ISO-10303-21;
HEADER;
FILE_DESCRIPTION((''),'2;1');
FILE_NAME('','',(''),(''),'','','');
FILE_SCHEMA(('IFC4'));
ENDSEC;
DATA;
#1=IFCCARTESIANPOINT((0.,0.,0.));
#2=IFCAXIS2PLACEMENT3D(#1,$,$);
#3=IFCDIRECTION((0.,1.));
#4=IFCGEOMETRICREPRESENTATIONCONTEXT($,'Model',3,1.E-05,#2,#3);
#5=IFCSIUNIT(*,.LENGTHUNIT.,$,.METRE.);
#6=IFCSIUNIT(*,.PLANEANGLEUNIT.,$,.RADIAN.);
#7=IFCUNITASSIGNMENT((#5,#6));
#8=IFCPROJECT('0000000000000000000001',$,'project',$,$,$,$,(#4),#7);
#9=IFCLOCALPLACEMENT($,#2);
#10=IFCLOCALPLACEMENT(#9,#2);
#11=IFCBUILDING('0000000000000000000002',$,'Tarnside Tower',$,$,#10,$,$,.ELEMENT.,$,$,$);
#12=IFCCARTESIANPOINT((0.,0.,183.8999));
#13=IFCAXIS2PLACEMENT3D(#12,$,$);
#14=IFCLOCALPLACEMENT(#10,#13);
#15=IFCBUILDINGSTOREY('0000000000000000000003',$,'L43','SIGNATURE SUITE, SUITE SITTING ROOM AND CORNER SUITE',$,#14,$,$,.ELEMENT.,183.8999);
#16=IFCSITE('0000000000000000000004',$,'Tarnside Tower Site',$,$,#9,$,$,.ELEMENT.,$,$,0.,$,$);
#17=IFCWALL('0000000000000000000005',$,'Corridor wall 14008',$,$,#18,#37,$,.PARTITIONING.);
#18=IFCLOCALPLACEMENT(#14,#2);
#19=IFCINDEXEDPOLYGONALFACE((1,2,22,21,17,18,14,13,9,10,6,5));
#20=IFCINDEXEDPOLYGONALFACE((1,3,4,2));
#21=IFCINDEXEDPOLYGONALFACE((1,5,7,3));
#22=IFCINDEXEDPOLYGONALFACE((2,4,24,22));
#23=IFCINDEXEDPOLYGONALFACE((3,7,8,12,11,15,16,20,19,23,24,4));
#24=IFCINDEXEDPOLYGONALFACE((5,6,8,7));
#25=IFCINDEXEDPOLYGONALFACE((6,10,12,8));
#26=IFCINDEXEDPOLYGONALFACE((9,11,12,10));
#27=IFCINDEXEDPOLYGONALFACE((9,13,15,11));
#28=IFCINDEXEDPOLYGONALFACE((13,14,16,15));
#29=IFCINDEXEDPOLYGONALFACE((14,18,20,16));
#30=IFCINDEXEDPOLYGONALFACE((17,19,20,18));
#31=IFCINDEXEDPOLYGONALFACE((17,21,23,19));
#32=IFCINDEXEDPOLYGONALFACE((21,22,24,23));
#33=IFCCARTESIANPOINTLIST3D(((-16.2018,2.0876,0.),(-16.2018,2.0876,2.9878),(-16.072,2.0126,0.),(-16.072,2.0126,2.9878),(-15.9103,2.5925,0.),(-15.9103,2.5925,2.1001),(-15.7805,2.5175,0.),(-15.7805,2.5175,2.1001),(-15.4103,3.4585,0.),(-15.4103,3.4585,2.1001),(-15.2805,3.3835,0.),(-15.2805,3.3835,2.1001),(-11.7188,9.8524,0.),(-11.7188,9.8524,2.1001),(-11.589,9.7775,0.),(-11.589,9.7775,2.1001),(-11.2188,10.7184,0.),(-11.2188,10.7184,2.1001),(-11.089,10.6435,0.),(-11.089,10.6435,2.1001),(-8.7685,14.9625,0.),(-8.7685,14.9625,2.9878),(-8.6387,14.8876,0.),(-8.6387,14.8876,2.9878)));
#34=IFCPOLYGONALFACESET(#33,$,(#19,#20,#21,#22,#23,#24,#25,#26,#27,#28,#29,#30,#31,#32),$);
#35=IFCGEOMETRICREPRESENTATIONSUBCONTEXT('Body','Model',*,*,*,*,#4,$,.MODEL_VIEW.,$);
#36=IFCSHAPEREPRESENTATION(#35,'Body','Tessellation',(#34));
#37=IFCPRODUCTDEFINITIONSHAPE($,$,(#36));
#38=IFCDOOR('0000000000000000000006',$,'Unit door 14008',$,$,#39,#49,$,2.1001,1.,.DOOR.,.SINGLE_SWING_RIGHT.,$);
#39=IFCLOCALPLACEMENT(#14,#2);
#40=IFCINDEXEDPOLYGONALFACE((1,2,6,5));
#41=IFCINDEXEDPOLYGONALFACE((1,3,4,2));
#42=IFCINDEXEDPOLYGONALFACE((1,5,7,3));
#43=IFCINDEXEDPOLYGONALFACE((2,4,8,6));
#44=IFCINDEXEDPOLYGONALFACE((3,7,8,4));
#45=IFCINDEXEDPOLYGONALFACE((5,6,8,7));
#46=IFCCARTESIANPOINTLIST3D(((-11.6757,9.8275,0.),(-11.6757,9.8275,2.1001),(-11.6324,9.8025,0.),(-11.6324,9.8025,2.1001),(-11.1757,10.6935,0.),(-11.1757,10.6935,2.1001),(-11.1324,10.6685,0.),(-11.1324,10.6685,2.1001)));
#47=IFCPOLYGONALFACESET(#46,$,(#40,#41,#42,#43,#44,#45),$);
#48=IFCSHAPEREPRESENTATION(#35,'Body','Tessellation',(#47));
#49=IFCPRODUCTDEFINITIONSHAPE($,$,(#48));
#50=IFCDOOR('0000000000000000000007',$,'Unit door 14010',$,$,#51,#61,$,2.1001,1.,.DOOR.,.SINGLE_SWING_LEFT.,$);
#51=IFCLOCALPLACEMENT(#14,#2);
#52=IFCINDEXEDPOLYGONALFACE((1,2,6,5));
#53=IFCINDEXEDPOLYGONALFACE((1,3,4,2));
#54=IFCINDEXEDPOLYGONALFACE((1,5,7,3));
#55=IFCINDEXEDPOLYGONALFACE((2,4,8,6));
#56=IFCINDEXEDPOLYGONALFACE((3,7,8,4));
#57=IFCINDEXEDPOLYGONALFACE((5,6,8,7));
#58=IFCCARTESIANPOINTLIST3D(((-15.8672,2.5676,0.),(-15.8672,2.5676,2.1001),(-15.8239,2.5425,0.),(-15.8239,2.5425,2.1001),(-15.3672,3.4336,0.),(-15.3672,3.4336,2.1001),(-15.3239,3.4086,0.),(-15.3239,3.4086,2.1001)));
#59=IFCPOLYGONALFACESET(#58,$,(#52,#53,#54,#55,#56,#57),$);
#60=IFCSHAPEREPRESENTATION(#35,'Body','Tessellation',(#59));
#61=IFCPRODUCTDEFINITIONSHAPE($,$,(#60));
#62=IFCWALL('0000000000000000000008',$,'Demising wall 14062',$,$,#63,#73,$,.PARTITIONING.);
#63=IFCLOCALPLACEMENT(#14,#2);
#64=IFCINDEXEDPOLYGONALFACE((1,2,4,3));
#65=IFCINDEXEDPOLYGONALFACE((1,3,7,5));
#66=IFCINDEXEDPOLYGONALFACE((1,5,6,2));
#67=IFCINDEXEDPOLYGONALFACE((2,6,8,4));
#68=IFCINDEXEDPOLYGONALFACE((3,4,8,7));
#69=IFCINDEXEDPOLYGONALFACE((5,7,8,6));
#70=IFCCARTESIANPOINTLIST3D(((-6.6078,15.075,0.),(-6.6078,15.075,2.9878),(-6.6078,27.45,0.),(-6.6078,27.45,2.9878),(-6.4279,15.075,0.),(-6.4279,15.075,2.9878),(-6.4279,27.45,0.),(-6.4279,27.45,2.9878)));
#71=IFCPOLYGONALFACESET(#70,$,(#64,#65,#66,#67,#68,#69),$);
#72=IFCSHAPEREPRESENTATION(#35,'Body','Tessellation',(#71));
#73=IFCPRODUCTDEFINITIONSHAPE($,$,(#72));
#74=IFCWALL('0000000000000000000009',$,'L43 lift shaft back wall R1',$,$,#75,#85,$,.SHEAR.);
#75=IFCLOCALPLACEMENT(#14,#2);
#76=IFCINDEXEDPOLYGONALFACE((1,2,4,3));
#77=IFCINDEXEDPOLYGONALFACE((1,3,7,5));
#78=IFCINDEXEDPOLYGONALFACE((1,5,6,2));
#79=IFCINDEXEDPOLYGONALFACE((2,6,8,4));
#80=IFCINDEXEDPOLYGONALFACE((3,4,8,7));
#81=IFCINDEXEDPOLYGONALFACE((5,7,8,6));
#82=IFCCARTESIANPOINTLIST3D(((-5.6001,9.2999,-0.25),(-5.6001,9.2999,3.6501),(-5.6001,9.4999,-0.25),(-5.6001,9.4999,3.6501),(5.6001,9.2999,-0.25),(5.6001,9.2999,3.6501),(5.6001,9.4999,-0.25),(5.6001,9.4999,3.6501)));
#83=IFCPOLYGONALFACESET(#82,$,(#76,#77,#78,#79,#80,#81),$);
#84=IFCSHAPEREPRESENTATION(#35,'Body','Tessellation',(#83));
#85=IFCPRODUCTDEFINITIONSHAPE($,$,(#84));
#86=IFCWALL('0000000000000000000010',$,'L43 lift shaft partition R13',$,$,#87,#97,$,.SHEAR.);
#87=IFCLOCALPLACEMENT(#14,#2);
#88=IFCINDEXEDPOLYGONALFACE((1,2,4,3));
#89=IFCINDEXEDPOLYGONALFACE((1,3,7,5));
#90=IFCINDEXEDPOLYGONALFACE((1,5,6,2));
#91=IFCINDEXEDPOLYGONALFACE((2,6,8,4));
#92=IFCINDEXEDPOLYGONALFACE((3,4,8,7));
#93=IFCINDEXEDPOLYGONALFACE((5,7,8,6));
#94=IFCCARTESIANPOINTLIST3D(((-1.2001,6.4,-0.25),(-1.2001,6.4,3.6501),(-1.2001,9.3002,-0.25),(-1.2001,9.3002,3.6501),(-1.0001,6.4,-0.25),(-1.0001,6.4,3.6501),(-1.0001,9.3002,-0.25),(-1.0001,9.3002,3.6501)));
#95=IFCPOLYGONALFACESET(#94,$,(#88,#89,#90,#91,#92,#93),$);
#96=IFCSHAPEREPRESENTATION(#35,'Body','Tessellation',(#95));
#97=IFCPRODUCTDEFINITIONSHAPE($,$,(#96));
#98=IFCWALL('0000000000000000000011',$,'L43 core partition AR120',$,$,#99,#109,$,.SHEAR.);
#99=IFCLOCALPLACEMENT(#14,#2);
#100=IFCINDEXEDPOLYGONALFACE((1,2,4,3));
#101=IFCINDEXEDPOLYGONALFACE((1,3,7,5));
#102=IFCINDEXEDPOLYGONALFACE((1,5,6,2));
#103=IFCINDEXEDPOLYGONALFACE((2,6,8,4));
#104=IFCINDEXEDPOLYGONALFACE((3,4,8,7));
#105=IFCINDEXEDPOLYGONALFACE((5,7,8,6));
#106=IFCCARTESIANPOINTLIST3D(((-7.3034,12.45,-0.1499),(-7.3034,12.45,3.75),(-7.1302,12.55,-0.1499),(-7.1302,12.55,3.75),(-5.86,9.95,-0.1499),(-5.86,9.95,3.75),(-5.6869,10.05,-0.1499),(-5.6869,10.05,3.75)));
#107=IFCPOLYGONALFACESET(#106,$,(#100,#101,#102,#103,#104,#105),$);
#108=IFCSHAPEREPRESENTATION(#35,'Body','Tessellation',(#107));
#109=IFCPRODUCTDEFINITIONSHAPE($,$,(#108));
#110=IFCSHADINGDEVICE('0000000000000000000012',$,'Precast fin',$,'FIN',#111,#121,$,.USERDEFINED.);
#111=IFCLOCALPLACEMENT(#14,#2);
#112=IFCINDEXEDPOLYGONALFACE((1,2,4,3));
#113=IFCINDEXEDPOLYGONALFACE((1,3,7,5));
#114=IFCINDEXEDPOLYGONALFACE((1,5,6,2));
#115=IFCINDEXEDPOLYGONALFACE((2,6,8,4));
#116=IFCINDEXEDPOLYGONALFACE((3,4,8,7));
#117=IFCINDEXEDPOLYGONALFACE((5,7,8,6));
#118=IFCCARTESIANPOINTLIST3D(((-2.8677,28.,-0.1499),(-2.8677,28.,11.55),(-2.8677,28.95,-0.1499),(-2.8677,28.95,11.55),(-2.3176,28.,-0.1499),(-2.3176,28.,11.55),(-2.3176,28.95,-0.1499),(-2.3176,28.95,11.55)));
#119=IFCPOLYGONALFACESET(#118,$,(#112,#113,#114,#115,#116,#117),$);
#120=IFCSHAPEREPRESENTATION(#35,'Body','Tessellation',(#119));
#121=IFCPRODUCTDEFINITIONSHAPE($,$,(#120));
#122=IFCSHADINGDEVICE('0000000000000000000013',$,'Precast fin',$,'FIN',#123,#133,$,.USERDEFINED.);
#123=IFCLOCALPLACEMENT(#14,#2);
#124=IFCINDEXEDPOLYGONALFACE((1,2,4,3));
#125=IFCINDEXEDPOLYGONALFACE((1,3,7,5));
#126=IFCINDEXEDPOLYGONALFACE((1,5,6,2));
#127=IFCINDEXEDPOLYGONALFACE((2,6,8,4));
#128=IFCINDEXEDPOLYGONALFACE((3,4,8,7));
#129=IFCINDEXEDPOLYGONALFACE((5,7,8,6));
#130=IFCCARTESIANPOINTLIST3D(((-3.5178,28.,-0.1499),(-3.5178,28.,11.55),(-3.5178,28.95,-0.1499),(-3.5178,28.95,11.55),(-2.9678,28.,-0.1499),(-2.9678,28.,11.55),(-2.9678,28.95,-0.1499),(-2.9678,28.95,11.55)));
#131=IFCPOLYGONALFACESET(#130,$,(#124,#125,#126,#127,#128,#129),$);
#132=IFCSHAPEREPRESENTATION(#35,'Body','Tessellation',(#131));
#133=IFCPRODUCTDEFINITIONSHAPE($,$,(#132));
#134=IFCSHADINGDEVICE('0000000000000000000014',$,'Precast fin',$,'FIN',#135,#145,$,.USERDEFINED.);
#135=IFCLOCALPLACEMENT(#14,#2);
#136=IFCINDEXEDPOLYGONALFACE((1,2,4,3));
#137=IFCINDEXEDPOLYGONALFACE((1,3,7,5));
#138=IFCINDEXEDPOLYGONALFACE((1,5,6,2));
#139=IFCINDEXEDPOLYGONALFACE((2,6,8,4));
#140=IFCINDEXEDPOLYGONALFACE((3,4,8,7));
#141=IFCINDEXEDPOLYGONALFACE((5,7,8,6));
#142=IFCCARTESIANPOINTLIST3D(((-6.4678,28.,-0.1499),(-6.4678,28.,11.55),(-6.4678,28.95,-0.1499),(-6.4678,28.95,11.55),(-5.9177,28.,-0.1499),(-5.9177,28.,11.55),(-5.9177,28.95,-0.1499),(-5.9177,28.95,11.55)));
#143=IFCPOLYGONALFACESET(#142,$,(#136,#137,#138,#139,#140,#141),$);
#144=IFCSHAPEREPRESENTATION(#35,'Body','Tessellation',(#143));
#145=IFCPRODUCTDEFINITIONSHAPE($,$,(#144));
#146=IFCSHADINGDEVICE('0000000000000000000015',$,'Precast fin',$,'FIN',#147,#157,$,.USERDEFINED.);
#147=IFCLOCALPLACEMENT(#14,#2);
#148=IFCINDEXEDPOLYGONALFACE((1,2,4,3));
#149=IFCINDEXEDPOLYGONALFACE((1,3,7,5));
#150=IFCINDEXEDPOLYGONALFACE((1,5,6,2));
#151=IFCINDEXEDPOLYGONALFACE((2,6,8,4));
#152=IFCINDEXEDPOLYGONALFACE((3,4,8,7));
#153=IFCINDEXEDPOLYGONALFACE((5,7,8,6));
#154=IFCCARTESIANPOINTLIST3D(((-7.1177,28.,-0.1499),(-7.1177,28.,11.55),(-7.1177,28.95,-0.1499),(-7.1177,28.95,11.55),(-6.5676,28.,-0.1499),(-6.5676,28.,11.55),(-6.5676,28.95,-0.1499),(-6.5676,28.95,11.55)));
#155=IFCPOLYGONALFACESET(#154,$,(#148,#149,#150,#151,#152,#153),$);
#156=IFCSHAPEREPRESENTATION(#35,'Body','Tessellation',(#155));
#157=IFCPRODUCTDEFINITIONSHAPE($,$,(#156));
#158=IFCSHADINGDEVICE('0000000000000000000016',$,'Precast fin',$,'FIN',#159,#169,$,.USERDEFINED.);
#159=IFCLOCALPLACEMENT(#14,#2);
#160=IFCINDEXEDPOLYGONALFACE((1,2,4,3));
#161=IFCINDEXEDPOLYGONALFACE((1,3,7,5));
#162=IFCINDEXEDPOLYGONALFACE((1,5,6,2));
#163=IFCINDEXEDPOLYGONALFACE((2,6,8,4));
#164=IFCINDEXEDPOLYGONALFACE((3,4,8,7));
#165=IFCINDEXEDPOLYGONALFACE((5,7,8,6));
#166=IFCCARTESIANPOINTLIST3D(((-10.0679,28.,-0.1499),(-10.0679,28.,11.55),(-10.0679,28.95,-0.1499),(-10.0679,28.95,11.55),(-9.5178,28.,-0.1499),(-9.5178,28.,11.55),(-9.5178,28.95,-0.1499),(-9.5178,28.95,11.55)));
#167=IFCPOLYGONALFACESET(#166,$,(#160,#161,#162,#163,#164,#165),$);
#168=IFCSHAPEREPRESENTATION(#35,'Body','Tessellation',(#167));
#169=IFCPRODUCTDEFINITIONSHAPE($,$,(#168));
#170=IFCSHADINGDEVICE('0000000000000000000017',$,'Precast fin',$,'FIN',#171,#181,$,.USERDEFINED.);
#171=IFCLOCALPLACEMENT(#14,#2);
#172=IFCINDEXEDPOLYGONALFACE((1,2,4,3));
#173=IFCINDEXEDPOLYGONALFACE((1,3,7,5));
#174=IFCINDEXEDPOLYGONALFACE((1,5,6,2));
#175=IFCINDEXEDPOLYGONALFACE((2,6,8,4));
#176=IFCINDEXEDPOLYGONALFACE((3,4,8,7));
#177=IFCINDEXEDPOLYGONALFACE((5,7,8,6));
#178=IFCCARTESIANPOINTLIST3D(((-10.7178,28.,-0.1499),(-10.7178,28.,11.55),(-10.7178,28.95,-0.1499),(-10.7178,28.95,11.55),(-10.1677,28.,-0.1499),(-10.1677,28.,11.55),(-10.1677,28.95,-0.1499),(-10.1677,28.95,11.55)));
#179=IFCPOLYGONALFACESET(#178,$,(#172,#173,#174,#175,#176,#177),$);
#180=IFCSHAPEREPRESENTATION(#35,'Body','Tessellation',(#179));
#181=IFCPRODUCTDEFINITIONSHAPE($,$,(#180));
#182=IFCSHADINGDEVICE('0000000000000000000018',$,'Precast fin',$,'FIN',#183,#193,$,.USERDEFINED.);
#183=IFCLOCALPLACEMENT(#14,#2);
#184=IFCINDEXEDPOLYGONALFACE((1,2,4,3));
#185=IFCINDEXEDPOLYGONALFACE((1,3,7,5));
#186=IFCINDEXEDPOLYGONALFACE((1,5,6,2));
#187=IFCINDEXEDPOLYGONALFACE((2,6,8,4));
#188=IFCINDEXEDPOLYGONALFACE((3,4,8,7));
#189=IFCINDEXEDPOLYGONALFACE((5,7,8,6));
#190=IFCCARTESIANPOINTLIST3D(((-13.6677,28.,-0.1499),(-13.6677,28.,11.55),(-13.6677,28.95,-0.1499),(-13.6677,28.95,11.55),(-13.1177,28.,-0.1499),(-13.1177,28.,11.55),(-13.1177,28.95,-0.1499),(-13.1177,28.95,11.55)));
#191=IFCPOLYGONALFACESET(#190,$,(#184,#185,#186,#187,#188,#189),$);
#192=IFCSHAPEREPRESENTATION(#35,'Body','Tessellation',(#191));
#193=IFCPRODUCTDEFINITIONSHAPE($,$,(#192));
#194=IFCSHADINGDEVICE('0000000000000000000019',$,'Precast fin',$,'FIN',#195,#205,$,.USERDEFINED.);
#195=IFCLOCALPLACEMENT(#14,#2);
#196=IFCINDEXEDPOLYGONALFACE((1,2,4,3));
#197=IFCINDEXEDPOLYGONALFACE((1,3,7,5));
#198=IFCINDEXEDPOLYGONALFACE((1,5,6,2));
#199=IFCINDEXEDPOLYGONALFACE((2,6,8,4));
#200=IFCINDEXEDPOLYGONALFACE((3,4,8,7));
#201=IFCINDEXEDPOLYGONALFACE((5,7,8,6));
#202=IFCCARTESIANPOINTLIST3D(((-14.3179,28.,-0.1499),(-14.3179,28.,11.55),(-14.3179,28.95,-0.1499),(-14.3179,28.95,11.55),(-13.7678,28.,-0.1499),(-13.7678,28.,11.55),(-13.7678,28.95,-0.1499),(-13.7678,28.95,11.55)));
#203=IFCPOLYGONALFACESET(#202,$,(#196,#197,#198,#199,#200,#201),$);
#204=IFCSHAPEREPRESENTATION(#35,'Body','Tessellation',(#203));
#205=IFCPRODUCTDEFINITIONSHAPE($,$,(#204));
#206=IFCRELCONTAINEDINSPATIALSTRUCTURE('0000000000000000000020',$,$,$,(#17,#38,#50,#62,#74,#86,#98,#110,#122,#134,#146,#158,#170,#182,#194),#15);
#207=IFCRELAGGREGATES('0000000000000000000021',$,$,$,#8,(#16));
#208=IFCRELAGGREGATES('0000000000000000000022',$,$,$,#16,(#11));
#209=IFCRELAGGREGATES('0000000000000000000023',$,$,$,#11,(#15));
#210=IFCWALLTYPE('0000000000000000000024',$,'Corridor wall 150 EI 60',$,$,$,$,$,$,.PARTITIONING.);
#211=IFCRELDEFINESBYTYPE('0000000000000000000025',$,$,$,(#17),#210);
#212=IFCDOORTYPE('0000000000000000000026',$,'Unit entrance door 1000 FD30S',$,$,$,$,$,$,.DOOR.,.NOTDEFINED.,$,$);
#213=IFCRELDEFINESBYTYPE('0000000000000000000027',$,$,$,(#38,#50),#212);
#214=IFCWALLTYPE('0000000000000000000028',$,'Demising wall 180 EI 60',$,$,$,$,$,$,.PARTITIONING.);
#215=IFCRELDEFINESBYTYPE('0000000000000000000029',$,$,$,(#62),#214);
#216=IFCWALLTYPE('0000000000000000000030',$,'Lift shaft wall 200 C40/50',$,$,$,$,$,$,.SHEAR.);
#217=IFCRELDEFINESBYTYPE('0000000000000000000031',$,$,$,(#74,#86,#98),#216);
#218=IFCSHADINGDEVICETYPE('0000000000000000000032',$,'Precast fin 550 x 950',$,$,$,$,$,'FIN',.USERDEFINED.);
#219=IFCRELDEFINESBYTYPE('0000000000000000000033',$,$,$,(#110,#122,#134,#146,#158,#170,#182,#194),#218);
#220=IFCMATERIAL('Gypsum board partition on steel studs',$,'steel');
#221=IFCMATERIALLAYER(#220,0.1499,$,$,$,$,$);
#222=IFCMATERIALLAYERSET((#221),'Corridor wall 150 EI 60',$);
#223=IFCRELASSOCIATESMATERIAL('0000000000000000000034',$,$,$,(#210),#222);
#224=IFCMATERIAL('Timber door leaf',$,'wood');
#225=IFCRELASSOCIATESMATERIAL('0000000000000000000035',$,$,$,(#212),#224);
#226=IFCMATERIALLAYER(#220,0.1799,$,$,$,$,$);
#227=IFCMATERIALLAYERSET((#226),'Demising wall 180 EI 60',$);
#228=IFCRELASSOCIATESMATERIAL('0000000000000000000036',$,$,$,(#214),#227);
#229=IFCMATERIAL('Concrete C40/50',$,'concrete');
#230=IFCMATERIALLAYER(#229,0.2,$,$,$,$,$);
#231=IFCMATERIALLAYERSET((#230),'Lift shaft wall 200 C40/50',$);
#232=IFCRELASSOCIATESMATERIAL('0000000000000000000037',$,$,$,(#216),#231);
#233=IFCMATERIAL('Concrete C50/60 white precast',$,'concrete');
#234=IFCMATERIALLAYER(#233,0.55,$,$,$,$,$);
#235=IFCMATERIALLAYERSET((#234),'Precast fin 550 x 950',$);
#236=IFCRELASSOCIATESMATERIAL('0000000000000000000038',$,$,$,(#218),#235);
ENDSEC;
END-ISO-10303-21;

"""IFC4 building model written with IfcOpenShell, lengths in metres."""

from ifc_helpers import new_model, si_unit, direction, frame, frame_2d, origin, place, context, subcontext, project, spatial, polyline, rectangle, outline, extrude, material, layer, layer_set, type_object, element, fill, save


model = new_model("IFC4")

# Units and contexts
model_context = context("Model", 3, precision=1e-05, world=origin(), true_north=direction((0.0, 1.0)))
body_context = subcontext(model_context, "Body", "Model", "MODEL_VIEW")
ifc_project = project(units=[si_unit("LENGTHUNIT", "METRE"), si_unit("PLANEANGLEUNIT", "RADIAN")], contexts=[model_context])

# Site, building, storey
site_placement = place(None, origin())
site = spatial("IfcSite", under=ifc_project, at=site_placement, Name="Tarnside Tower Site", CompositionType="ELEMENT", RefElevation=0.0)
building_placement = place(site_placement, origin())
building = spatial("IfcBuilding", under=site, at=building_placement, Name="Tarnside Tower", CompositionType="ELEMENT")
storey_placement = place(building_placement, frame((0.0, 0.0, 183.8999)))
storey = spatial("IfcBuildingStorey", under=building, at=storey_placement, Name="L43", Description="SIGNATURE SUITE, SUITE SITTING ROOM AND CORNER SUITE", CompositionType="ELEMENT", Elevation=183.8999)

# Shared definitions
ifc_material_1 = material(Name="Gypsum board partition on steel studs", Category="steel")

# Shared definitions
ifc_material_2 = material(Name="Timber door leaf", Category="wood")

# Wall, openings, doors
ifc_layer_1 = layer(ifc_material_1, 0.1499)
ifc_layer_set_1 = layer_set([ifc_layer_1], Name="Corridor wall 150 EI 60")
wall_type_1 = type_object("IfcWallType", Name="Corridor wall 150 EI 60", PredefinedType="PARTITIONING", material=ifc_layer_set_1)
wall_1_placement = place(storey_placement, frame((-8.7036, 14.925, 0.0), z_axis=(0.0, 0.0, 1.0), x_axis=(-0.499998, -0.866026, 0.0)))
wall_1 = element("IfcWall", 1, at=wall_1_placement, inside=storey, type_object=wall_type_1, Name="Corridor wall 14008", PredefinedType="PARTITIONING", context=body_context, shape_type="SweptSolid", body=[
    extrude(rectangle(XDim=14.8667, YDim=0.1499, at=frame_2d((7.4333, 0.0))), origin(), (0.0, 0.0, 1.0), 2.9878),
])
opening_1_placement = place(wall_1_placement, frame((4.9006, 0.0, 0.0)))
opening_1 = element("IfcOpeningElement", 2, at=opening_1_placement, cuts=wall_1, PredefinedType="OPENING", context=body_context, shape_type="SweptSolid", body=[
    extrude(rectangle(XDim=1.0, YDim=2.1001, at=frame_2d((0.5, 1.05))), frame((0.0, 0.085, 0.0), z_axis=(0.0, -1.0, 0.0), x_axis=(1.0, 0.0, 0.0)), (0.0, 0.0, 1.0), 0.1699),
])
opening_2_placement = place(wall_1_placement, frame((13.2837, 0.0, 0.0)))
opening_2 = element("IfcOpeningElement", 3, at=opening_2_placement, cuts=wall_1, PredefinedType="OPENING", context=body_context, shape_type="SweptSolid", body=[
    extrude(rectangle(XDim=1.0, YDim=2.1001, at=frame_2d((0.5, 1.05))), frame((0.0, 0.085, 0.0), z_axis=(0.0, -1.0, 0.0), x_axis=(1.0, 0.0, 0.0)), (0.0, 0.0, 1.0), 0.1699),
])
door_type_1 = type_object("IfcDoorType", Name="Unit entrance door 1000 FD30S", OperationType="NOTDEFINED", PredefinedType="DOOR", material=ifc_material_2)
door_1_placement = place(opening_1_placement, origin())
door_1 = element("IfcDoor", 4, at=door_1_placement, inside=storey, type_object=door_type_1, Name="Unit door 14008", OperationType="SINGLE_SWING_RIGHT", OverallHeight=2.1001, OverallWidth=1.0, PredefinedType="DOOR", context=body_context, shape_type="SweptSolid", body=[
    extrude(rectangle(XDim=1.0, YDim=2.1001, at=frame_2d((0.5, 1.05))), frame((0.0, 0.0249, 0.0), z_axis=(0.0, -1.0, 0.0), x_axis=(1.0, 0.0, 0.0)), (0.0, 0.0, 1.0), 0.05),
])
fill(opening_1, door_1)
door_2_placement = place(opening_2_placement, origin())
door_2 = element("IfcDoor", 5, at=door_2_placement, inside=storey, type_object=door_type_1, Name="Unit door 14010", OperationType="SINGLE_SWING_LEFT", OverallHeight=2.1001, OverallWidth=1.0, PredefinedType="DOOR", context=body_context, shape_type="SweptSolid", body=[
    extrude(rectangle(XDim=1.0, YDim=2.1001, at=frame_2d((0.5, 1.05))), frame((0.0, 0.0249, 0.0), z_axis=(0.0, -1.0, 0.0), x_axis=(1.0, 0.0, 0.0)), (0.0, 0.0, 1.0), 0.05),
])
fill(opening_2, door_2)

# Walls
ifc_layer_2 = layer(ifc_material_1, 0.1799)
ifc_layer_set_2 = layer_set([ifc_layer_2], Name="Demising wall 180 EI 60")
wall_type_2 = type_object("IfcWallType", Name="Demising wall 180 EI 60", PredefinedType="PARTITIONING", material=ifc_layer_set_2)
wall_2_placement = place(storey_placement, frame((-6.5178, 27.45, 0.0), z_axis=(0.0, 0.0, 1.0), x_axis=(0.0, -1.0, 0.0)))
element("IfcWall", 6, at=wall_2_placement, inside=storey, type_object=wall_type_2, Name="Demising wall 14062", PredefinedType="PARTITIONING", context=body_context, shape_type="SweptSolid", body=[
    extrude(rectangle(XDim=12.375, YDim=0.1799, at=frame_2d((6.1875, 0.0))), origin(), (0.0, 0.0, 1.0), 2.9878),
])
ifc_material_3 = material(Name="Concrete C40/50", Category="concrete")
ifc_layer_3 = layer(ifc_material_3, 0.2)
ifc_layer_set_3 = layer_set([ifc_layer_3], Name="Lift shaft wall 200 C40/50")
wall_type_3 = type_object("IfcWallType", Name="Lift shaft wall 200 C40/50", PredefinedType="SHEAR", material=ifc_layer_set_3)
wall_3_placement = place(storey_placement, frame((-5.6001, 9.3999, -0.25), z_axis=(0.0, 0.0, 1.0), x_axis=(1.0, 0.0, 0.0)))
element("IfcWall", 7, at=wall_3_placement, inside=storey, type_object=wall_type_3, Name="L43 lift shaft back wall R1", PredefinedType="SHEAR", context=body_context, shape_type="SweptSolid", body=[
    extrude(rectangle(XDim=11.2002, YDim=0.2, at=frame_2d((5.6001, 0.0))), origin(), (0.0, 0.0, 1.0), 3.9001),
])
wall_4_placement = place(storey_placement, frame((-1.1001, 6.3999, -0.25), z_axis=(0.0, 0.0, 1.0), x_axis=(0.0, 1.0, 0.0)))
element("IfcWall", 8, at=wall_4_placement, inside=storey, type_object=wall_type_3, Name="L43 lift shaft partition R13", PredefinedType="SHEAR", context=body_context, shape_type="SweptSolid", body=[
    extrude(rectangle(XDim=2.9001, YDim=0.2, at=frame_2d((1.4502, 0.0))), origin(), (0.0, 0.0, 1.0), 3.9001),
])
wall_5_placement = place(storey_placement, frame((-5.7734, 10.0, -0.1499), z_axis=(0.0, 0.0, 1.0), x_axis=(-0.499996, 0.866028, 0.0)))
element("IfcWall", 9, at=wall_5_placement, inside=storey, type_object=wall_type_3, Name="L43 core partition AR120", PredefinedType="SHEAR", context=body_context, shape_type="SweptSolid", body=[
    extrude(rectangle(XDim=2.8867, YDim=0.2, at=frame_2d((1.4434, 0.0))), origin(), (0.0, 0.0, 1.0), 3.8999),
])

# Shading devices
ifc_material_4 = material(Name="Concrete C50/60 white precast", Category="concrete")
ifc_layer_4 = layer(ifc_material_4, 0.55)
ifc_layer_set_4 = layer_set([ifc_layer_4], Name="Precast fin 550 x 950")
shading_device_type = type_object("IfcShadingDeviceType", Name="Precast fin 550 x 950", ElementType="FIN", PredefinedType="USERDEFINED", material=ifc_layer_set_4)
for number, where, z_axis, x_axis, name in (
    (10, (-2.5928, 28.0, -0.1499), (1.0, 0.0, 0.0), (0.0, 1.0, 0.0), "Precast fin"),
    (11, (-3.2429, 28.0, -0.1499), (1.0, 0.0, 0.0), (0.0, 1.0, 0.0), "Precast fin"),
    (12, (-6.1929, 28.0, -0.1499), (1.0, 0.0, 0.0), (0.0, 1.0, 0.0), "Precast fin"),
    (13, (-6.8428, 28.0, -0.1499), (1.0, 0.0, 0.0), (0.0, 1.0, 0.0), "Precast fin"),
    (14, (-9.793, 28.0, -0.1499), (1.0, 0.0, 0.0), (0.0, 1.0, 0.0), "Precast fin"),
    (15, (-10.4429, 28.0, -0.1499), (1.0, 0.0, 0.0), (0.0, 1.0, 0.0), "Precast fin"),
    (16, (-13.3928, 28.0, -0.1499), (1.0, 0.0, 0.0), (0.0, 1.0, 0.0), "Precast fin"),
    (17, (-14.043, 28.0, -0.1499), (1.0, 0.0, 0.0), (0.0, 1.0, 0.0), "Precast fin"),
):
    element("IfcShadingDevice", number, at=place(storey_placement, frame(where, z_axis=z_axis, x_axis=x_axis)), inside=storey, type_object=shading_device_type, Name=name, ObjectType="FIN", PredefinedType="USERDEFINED", context=body_context, shape_type="SweptSolid", body=[
        extrude(outline(polyline([(0.0, 0.0), (0.95, 0.0), (0.95, 11.7), (0.0, 11.7), (0.0, 0.0)])), frame((0.0, 0.0, -0.2749)), (0.0, 0.0, 1.0), 0.55),
    ])

save(model, "model.ifc")
